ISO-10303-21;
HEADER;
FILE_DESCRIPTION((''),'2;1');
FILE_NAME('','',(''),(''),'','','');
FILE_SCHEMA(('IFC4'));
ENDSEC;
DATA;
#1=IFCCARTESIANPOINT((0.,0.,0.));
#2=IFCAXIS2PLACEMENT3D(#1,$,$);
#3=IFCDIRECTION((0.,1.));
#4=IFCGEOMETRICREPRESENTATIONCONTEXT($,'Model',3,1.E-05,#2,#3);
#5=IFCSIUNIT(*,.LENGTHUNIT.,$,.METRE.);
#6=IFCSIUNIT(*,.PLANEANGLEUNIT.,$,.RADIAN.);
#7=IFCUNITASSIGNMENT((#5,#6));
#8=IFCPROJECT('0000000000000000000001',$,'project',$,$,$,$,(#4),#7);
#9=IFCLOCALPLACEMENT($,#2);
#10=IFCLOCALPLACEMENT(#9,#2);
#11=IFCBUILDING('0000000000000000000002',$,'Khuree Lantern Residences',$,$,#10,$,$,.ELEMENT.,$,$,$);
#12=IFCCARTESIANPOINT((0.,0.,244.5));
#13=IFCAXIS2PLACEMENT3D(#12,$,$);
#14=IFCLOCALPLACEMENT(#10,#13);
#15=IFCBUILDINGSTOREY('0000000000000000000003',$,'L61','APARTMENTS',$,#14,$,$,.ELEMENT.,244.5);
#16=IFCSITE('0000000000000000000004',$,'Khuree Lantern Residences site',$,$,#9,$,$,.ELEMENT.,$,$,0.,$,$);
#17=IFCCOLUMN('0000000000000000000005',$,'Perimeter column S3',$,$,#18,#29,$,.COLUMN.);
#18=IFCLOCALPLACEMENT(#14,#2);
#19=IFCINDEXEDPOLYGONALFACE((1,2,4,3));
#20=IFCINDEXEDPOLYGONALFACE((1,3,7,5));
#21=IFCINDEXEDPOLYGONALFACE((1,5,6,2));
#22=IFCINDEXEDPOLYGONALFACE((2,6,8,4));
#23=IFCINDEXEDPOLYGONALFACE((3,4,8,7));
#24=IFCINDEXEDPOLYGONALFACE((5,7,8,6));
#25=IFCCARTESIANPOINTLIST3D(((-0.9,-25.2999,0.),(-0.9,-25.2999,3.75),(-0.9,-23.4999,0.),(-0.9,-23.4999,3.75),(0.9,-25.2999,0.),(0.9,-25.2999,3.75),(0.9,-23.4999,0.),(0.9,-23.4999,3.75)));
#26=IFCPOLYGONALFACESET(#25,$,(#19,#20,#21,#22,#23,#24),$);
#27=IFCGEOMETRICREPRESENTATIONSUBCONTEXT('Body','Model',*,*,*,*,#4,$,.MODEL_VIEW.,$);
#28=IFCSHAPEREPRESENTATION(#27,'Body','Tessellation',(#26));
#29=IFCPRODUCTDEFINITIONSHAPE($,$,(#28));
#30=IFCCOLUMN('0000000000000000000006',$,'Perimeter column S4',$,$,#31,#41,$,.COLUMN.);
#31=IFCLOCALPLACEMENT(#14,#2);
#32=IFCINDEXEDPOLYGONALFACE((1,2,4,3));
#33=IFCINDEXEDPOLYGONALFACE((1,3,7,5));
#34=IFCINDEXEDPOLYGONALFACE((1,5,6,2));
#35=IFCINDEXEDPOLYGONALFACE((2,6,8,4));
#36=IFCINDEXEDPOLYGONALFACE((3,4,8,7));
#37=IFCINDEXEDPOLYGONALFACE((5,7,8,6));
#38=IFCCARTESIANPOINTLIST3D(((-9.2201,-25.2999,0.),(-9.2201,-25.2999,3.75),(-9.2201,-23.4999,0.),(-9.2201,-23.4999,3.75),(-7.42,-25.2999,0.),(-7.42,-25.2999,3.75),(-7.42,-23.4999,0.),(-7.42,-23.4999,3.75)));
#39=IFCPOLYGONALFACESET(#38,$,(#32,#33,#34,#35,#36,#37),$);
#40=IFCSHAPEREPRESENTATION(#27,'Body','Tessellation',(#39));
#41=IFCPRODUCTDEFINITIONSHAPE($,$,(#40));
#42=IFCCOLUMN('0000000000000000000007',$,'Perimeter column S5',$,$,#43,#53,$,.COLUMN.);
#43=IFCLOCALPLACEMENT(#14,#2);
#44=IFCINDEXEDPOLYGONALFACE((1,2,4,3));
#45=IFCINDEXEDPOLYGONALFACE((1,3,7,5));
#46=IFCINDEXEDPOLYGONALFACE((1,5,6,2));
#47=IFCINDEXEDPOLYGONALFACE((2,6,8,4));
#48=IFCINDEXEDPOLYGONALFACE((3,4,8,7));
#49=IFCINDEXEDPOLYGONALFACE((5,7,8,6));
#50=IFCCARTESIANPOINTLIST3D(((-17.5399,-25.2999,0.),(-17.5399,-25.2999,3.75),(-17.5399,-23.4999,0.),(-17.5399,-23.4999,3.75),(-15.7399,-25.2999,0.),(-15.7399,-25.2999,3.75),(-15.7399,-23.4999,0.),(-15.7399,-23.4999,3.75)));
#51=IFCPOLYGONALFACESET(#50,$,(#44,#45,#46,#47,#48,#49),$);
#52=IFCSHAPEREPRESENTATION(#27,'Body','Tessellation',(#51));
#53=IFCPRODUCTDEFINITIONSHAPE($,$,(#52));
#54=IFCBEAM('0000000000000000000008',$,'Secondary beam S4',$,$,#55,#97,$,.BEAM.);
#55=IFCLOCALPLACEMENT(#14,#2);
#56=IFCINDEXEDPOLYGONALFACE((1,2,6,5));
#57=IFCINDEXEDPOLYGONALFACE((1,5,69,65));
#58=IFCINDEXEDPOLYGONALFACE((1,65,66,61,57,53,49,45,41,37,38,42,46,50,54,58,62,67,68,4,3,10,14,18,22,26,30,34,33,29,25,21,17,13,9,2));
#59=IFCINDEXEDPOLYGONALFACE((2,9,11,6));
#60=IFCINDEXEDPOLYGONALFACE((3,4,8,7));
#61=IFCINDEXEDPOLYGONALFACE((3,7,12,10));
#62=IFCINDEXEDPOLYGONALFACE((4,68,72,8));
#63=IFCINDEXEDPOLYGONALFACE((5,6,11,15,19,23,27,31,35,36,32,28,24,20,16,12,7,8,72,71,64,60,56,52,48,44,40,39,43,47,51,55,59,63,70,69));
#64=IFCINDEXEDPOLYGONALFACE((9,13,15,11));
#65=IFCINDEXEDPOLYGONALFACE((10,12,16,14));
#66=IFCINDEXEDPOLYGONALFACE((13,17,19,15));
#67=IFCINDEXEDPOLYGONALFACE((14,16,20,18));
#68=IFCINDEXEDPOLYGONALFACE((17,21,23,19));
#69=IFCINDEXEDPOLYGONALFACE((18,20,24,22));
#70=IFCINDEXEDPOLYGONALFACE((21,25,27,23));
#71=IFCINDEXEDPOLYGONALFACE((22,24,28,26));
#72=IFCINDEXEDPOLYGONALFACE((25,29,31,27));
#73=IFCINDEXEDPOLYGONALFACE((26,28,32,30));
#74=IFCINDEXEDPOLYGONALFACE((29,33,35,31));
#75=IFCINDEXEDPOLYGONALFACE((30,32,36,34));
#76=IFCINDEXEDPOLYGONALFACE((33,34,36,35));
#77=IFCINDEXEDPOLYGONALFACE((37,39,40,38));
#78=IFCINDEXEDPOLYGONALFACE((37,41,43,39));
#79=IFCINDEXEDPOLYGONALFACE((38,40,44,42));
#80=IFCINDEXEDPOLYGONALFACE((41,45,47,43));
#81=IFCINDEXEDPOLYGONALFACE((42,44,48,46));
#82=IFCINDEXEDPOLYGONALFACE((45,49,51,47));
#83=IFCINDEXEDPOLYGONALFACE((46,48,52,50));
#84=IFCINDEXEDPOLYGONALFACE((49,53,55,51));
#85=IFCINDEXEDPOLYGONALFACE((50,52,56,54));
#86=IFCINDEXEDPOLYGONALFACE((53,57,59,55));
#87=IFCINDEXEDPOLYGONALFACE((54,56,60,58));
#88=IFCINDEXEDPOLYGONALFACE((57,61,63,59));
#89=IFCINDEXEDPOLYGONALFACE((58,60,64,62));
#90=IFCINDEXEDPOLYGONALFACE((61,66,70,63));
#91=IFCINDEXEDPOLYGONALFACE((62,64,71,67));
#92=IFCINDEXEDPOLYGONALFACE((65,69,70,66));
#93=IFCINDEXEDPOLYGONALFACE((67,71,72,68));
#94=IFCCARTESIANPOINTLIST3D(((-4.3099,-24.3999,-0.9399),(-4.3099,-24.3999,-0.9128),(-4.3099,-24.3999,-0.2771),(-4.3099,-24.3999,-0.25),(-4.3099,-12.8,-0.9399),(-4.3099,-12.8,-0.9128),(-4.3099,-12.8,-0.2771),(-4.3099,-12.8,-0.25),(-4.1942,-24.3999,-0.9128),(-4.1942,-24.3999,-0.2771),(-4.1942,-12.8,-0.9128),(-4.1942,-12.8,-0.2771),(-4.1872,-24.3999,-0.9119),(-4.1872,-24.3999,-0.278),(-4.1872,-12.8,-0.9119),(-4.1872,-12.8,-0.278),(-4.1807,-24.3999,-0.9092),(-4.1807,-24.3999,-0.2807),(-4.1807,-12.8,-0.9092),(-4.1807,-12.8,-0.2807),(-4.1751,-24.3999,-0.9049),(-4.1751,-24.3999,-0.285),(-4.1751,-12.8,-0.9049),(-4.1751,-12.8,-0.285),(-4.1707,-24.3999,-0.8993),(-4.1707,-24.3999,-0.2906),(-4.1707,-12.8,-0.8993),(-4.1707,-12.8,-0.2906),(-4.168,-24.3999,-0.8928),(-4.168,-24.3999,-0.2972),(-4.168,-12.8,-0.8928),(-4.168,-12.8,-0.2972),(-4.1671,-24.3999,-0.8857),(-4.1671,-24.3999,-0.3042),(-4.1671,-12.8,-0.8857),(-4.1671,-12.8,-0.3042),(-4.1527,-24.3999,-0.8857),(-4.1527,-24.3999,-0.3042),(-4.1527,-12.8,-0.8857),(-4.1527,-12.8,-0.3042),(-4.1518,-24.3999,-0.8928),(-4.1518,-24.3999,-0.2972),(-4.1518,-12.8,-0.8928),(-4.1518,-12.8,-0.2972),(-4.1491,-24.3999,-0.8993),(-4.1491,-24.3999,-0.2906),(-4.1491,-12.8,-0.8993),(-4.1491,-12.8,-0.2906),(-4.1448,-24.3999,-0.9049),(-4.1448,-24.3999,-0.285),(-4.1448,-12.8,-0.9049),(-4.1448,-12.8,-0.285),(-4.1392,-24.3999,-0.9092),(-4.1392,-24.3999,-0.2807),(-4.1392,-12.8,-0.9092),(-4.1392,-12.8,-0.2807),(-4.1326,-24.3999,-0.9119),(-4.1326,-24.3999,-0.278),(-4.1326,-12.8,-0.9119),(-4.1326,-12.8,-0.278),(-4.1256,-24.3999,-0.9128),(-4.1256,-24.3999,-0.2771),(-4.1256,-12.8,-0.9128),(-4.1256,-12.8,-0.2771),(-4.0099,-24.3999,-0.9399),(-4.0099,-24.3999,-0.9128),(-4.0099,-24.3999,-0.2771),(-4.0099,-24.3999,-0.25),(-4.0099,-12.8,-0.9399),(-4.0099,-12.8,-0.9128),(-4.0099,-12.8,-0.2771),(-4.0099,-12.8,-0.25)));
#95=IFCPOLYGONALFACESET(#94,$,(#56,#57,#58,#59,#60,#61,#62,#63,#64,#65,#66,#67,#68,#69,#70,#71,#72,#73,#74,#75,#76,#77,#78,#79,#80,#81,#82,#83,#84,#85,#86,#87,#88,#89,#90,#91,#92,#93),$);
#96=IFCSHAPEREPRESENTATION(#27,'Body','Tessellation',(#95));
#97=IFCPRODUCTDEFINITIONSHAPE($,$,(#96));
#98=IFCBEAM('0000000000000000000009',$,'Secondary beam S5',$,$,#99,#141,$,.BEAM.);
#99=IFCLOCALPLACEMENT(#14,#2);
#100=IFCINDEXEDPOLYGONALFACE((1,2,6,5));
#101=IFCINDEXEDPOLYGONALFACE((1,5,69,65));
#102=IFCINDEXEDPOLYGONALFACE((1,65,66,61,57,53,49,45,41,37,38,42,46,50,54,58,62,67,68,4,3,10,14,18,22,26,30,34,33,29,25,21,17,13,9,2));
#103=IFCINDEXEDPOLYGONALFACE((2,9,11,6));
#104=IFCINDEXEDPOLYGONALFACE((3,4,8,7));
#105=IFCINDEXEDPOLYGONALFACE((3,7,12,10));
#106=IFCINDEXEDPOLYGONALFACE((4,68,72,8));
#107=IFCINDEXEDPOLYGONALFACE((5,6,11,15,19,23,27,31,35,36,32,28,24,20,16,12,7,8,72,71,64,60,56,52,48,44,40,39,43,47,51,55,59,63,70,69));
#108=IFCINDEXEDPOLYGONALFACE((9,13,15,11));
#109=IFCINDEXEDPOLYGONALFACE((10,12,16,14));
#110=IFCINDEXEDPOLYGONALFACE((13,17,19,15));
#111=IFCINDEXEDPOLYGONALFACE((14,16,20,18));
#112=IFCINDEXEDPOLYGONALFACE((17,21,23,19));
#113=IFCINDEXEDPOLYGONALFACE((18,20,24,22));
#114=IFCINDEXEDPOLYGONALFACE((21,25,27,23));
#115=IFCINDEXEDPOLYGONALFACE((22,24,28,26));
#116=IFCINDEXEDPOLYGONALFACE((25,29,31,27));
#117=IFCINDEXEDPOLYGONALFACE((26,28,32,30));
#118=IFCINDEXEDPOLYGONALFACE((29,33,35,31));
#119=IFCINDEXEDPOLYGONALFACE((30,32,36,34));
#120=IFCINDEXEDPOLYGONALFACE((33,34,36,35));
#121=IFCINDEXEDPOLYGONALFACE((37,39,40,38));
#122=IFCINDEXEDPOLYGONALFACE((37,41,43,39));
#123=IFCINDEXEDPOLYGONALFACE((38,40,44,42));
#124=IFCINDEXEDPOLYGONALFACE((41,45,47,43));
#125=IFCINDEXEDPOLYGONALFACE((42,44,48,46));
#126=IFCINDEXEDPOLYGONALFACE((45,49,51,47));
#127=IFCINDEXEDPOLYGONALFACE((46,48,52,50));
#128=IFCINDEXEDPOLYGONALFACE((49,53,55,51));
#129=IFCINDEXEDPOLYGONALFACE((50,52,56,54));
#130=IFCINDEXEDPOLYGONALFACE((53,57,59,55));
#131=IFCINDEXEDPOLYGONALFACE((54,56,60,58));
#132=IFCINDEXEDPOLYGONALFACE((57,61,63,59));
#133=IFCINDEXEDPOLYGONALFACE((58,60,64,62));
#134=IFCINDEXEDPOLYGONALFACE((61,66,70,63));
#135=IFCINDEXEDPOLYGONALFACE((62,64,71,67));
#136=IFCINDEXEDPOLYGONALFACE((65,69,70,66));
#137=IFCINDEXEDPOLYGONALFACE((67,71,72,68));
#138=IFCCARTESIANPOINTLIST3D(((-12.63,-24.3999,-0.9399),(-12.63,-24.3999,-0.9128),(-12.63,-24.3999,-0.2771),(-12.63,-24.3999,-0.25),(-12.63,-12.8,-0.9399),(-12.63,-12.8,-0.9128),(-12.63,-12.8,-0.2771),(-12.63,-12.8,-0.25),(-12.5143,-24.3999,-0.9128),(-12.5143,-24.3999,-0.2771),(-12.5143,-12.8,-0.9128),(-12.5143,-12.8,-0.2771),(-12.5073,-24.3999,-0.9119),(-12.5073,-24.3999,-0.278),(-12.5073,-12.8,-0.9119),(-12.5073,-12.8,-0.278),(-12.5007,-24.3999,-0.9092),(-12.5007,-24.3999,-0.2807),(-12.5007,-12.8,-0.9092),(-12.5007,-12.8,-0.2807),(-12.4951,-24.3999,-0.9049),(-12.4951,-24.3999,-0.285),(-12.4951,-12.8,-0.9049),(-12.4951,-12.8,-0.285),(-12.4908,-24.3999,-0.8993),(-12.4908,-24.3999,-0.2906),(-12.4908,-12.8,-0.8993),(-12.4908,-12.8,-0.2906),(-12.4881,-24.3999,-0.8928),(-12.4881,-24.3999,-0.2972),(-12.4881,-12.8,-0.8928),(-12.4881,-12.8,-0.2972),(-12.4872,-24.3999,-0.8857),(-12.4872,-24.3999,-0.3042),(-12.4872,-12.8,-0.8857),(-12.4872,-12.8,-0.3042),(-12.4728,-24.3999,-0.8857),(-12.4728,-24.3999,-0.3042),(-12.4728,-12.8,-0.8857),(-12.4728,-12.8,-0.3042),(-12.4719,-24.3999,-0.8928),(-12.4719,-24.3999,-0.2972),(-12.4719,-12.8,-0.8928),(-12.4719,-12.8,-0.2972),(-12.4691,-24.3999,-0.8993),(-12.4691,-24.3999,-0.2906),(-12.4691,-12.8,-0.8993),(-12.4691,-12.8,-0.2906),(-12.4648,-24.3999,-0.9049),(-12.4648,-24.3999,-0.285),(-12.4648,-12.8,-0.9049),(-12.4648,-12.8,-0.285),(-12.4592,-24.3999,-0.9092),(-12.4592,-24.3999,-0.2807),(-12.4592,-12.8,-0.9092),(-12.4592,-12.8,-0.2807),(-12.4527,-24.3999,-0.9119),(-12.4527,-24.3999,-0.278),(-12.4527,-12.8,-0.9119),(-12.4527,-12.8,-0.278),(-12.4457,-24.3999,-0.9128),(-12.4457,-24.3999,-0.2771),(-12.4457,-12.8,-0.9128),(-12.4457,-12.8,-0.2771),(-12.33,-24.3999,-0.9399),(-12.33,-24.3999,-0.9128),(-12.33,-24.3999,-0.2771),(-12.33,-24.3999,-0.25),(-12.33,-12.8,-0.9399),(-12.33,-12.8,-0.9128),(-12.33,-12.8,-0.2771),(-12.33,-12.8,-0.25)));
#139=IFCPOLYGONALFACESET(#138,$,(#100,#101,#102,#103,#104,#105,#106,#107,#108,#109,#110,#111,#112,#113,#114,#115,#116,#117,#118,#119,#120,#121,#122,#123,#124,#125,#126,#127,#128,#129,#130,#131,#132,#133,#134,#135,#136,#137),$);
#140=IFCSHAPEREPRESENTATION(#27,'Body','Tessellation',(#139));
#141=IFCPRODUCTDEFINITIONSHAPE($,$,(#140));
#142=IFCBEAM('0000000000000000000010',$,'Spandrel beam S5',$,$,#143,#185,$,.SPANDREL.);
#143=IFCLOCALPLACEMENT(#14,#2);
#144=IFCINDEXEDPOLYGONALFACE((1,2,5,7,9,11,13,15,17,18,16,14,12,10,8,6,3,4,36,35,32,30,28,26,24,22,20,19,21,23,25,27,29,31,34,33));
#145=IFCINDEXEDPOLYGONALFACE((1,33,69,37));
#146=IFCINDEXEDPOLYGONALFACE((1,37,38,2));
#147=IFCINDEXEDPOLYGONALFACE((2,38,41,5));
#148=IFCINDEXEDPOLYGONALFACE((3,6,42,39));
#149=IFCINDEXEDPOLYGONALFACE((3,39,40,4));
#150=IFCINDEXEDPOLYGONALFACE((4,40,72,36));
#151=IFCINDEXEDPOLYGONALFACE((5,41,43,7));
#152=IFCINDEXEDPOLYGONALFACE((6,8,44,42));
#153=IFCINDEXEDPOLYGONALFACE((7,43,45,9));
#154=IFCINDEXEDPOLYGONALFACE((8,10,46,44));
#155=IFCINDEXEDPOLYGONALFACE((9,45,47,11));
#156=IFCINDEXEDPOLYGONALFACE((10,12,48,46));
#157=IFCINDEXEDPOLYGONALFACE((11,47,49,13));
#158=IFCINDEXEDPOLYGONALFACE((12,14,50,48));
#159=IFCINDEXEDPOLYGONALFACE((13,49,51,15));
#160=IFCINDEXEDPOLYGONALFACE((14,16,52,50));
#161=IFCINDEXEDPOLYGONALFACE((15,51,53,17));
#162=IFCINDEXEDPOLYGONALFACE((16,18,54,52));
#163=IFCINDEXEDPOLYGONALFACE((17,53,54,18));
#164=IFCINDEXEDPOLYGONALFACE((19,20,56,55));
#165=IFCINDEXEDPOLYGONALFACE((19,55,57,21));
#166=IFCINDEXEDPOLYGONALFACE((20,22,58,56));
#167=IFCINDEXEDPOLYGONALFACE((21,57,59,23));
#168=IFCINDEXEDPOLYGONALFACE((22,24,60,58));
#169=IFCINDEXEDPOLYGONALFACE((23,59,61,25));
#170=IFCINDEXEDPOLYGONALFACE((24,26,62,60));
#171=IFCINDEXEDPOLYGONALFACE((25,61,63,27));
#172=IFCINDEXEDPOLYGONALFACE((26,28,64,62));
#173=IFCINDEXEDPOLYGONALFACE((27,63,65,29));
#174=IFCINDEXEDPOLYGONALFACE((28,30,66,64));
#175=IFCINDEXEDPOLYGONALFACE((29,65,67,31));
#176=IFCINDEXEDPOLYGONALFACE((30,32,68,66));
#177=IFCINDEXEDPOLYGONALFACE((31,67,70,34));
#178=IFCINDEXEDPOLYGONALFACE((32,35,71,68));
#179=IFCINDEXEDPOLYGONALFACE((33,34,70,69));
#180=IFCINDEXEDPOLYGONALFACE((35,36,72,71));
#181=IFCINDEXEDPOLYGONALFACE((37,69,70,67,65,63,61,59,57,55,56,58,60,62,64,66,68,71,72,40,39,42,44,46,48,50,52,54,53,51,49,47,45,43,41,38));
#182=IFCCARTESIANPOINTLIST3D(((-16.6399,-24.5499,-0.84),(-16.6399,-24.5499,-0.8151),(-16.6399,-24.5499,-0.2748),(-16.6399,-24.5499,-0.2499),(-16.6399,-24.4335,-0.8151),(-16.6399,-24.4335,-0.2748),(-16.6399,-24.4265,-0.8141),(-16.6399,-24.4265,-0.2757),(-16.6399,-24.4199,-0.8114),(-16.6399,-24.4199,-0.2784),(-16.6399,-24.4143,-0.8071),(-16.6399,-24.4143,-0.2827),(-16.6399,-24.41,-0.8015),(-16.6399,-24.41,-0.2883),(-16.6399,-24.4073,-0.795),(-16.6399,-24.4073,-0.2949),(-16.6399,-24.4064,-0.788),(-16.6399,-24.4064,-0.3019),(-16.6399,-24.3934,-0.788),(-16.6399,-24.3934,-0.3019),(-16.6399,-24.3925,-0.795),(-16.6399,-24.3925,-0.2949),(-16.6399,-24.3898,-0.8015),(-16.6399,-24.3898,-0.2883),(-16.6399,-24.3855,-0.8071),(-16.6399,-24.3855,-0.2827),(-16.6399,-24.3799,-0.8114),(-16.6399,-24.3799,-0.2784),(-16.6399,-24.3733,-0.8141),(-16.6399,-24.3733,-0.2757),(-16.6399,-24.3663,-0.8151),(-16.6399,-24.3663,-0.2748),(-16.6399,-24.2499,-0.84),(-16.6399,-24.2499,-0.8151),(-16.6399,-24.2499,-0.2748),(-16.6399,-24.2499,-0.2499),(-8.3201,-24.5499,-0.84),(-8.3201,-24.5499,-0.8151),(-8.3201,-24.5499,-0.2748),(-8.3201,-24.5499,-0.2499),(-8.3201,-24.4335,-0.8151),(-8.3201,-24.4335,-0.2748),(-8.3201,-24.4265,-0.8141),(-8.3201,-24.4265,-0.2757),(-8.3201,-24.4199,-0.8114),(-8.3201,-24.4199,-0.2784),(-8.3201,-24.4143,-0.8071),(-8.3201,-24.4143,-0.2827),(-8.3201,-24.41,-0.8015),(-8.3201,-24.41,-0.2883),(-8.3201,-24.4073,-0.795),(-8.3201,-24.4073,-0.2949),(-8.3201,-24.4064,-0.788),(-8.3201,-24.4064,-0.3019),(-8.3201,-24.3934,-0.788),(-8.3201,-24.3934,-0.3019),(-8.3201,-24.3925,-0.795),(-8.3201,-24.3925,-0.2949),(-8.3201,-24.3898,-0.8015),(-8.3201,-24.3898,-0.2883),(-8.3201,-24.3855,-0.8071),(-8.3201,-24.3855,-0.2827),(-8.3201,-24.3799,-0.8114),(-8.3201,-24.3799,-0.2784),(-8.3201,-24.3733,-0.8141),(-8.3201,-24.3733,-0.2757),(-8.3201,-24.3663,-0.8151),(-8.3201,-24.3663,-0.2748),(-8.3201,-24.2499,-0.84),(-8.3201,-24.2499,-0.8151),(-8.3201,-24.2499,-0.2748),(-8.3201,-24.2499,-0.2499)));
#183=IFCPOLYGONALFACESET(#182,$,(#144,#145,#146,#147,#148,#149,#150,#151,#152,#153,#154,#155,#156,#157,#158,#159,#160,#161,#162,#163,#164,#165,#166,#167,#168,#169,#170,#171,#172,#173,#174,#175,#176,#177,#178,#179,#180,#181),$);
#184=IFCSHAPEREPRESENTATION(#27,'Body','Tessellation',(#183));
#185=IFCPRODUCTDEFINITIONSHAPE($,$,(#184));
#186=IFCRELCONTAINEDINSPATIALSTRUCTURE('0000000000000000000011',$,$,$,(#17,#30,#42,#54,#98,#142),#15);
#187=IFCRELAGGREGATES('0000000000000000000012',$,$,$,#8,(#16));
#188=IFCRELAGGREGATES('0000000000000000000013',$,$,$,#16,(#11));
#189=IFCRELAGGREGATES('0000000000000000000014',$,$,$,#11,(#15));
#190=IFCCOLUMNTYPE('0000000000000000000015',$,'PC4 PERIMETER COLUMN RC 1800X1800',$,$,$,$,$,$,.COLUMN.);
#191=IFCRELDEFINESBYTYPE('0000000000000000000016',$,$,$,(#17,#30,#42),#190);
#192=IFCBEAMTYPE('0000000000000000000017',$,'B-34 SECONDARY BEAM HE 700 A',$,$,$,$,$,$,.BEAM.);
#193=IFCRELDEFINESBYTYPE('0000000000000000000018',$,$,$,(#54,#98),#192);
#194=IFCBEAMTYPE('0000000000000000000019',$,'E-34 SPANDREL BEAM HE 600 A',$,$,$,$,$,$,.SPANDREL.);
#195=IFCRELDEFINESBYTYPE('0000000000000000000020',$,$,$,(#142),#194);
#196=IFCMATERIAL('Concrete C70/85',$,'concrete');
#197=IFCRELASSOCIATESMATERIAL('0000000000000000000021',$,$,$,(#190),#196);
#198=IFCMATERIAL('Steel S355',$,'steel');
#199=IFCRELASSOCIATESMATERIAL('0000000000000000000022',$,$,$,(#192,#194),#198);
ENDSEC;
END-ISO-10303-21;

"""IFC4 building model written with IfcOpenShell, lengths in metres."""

from ifc_helpers import new_model, si_unit, direction, frame, origin, origin_2d, place, context, subcontext, project, spatial, rectangle, i_section, extrude, material, material_profile, profile_set, type_object, element, save


model = new_model("IFC4")

# Units and contexts
model_context = context("Model", 3, precision=1e-05, world=origin(), true_north=direction((0.0, 1.0)))
body_context = subcontext(model_context, "Body", "Model", "MODEL_VIEW")
ifc_project = project(units=[si_unit("LENGTHUNIT", "METRE"), si_unit("PLANEANGLEUNIT", "RADIAN")], contexts=[model_context])

# Site, building, storey
site_placement = place(None, origin())
site = spatial("IfcSite", under=ifc_project, at=site_placement, Name="Khuree Lantern Residences site", CompositionType="ELEMENT", RefElevation=0.0)
building_placement = place(site_placement, origin())
building = spatial("IfcBuilding", under=site, at=building_placement, Name="Khuree Lantern Residences", CompositionType="ELEMENT")
storey_placement = place(building_placement, frame((0.0, 0.0, 244.5)))
storey = spatial("IfcBuildingStorey", under=building, at=storey_placement, Name="L61", Description="APARTMENTS", CompositionType="ELEMENT", Elevation=244.5)

# Columns
ifc_material_1 = material(Name="Concrete C70/85", Category="concrete")
ifc_material_profile_1 = material_profile(ifc_material_1, rectangle(XDim=1.8, YDim=1.8, at=origin_2d()), Name="RC 1800X1800")
ifc_profile_set_1 = profile_set([ifc_material_profile_1], Name="Concrete C70/85")
column_type = type_object("IfcColumnType", Name="PC4 PERIMETER COLUMN RC 1800X1800", PredefinedType="COLUMN", material=ifc_profile_set_1)
for number, where, z_axis, x_axis, name in (
    (1, (0.0, -24.3999, 0.0), (0.0, 0.0, 1.0), (1.0, 0.0, 0.0), "Perimeter column S3"),
    (2, (-8.3201, -24.3999, 0.0), (0.0, 0.0, 1.0), (1.0, 0.0, 0.0), "Perimeter column S4"),
    (3, (-16.6399, -24.3999, 0.0), (0.0, 0.0, 1.0), (1.0, 0.0, 0.0), "Perimeter column S5"),
):
    element("IfcColumn", number, at=place(storey_placement, frame(where, z_axis=z_axis, x_axis=x_axis)), inside=storey, type_object=column_type, Name=name, PredefinedType="COLUMN", context=body_context, shape_type="SweptSolid", body=[
        extrude(rectangle(XDim=1.8, YDim=1.8, at=origin_2d()), origin(), (0.0, 0.0, 1.0), 3.75),
    ])

# Beams
ifc_material_2 = material(Name="Steel S355", Category="steel")
ifc_material_profile_2 = material_profile(ifc_material_2, i_section(OverallWidth=0.3, OverallDepth=0.6899, WebThickness=0.0144, FlangeThickness=0.0271, FilletRadius=0.0271, at=origin_2d()), Name="HE 700 A")
ifc_profile_set_2 = profile_set([ifc_material_profile_2], Name="Steel S355")
beam_type_1 = type_object("IfcBeamType", Name="B-34 SECONDARY BEAM HE 700 A", PredefinedType="BEAM", material=ifc_profile_set_2)
for number, where, z_axis, x_axis, name in (
    (4, (-4.1599, -24.3999, -0.595), (0.0, 1.0, 0.0), (-1.0, 0.0, 0.0), "Secondary beam S4"),
    (5, (-12.48, -24.3999, -0.595), (0.0, 1.0, 0.0), (-1.0, 0.0, 0.0), "Secondary beam S5"),
):
    element("IfcBeam", number, at=place(storey_placement, frame(where, z_axis=z_axis, x_axis=x_axis)), inside=storey, type_object=beam_type_1, Name=name, PredefinedType="BEAM", context=body_context, shape_type="SweptSolid", body=[
        extrude(i_section(OverallWidth=0.3, OverallDepth=0.6899, WebThickness=0.0144, FlangeThickness=0.0271, FilletRadius=0.0271, at=origin_2d()), origin(), (0.0, 0.0, 1.0), 11.5999),
    ])
ifc_material_profile_3 = material_profile(ifc_material_2, i_section(OverallWidth=0.3, OverallDepth=0.5901, WebThickness=0.0129, FlangeThickness=0.0249, FilletRadius=0.0271, at=origin_2d()), Name="HE 600 A")
ifc_profile_set_3 = profile_set([ifc_material_profile_3], Name="Steel S355")
beam_type_2 = type_object("IfcBeamType", Name="E-34 SPANDREL BEAM HE 600 A", PredefinedType="SPANDREL", material=ifc_profile_set_3)
beam_1_placement = place(storey_placement, frame((-8.3201, -24.3999, -0.5449), z_axis=(-1.0, 0.0, 0.0), x_axis=(0.0, -1.0, 0.0)))
element("IfcBeam", 6, at=beam_1_placement, inside=storey, type_object=beam_type_2, Name="Spandrel beam S5", PredefinedType="SPANDREL", context=body_context, shape_type="SweptSolid", body=[
    extrude(i_section(OverallWidth=0.3, OverallDepth=0.5901, WebThickness=0.0129, FlangeThickness=0.0249, FilletRadius=0.0271, at=origin_2d()), origin(), (0.0, 0.0, 1.0), 8.3198),
])

save(model, "model.ifc")
